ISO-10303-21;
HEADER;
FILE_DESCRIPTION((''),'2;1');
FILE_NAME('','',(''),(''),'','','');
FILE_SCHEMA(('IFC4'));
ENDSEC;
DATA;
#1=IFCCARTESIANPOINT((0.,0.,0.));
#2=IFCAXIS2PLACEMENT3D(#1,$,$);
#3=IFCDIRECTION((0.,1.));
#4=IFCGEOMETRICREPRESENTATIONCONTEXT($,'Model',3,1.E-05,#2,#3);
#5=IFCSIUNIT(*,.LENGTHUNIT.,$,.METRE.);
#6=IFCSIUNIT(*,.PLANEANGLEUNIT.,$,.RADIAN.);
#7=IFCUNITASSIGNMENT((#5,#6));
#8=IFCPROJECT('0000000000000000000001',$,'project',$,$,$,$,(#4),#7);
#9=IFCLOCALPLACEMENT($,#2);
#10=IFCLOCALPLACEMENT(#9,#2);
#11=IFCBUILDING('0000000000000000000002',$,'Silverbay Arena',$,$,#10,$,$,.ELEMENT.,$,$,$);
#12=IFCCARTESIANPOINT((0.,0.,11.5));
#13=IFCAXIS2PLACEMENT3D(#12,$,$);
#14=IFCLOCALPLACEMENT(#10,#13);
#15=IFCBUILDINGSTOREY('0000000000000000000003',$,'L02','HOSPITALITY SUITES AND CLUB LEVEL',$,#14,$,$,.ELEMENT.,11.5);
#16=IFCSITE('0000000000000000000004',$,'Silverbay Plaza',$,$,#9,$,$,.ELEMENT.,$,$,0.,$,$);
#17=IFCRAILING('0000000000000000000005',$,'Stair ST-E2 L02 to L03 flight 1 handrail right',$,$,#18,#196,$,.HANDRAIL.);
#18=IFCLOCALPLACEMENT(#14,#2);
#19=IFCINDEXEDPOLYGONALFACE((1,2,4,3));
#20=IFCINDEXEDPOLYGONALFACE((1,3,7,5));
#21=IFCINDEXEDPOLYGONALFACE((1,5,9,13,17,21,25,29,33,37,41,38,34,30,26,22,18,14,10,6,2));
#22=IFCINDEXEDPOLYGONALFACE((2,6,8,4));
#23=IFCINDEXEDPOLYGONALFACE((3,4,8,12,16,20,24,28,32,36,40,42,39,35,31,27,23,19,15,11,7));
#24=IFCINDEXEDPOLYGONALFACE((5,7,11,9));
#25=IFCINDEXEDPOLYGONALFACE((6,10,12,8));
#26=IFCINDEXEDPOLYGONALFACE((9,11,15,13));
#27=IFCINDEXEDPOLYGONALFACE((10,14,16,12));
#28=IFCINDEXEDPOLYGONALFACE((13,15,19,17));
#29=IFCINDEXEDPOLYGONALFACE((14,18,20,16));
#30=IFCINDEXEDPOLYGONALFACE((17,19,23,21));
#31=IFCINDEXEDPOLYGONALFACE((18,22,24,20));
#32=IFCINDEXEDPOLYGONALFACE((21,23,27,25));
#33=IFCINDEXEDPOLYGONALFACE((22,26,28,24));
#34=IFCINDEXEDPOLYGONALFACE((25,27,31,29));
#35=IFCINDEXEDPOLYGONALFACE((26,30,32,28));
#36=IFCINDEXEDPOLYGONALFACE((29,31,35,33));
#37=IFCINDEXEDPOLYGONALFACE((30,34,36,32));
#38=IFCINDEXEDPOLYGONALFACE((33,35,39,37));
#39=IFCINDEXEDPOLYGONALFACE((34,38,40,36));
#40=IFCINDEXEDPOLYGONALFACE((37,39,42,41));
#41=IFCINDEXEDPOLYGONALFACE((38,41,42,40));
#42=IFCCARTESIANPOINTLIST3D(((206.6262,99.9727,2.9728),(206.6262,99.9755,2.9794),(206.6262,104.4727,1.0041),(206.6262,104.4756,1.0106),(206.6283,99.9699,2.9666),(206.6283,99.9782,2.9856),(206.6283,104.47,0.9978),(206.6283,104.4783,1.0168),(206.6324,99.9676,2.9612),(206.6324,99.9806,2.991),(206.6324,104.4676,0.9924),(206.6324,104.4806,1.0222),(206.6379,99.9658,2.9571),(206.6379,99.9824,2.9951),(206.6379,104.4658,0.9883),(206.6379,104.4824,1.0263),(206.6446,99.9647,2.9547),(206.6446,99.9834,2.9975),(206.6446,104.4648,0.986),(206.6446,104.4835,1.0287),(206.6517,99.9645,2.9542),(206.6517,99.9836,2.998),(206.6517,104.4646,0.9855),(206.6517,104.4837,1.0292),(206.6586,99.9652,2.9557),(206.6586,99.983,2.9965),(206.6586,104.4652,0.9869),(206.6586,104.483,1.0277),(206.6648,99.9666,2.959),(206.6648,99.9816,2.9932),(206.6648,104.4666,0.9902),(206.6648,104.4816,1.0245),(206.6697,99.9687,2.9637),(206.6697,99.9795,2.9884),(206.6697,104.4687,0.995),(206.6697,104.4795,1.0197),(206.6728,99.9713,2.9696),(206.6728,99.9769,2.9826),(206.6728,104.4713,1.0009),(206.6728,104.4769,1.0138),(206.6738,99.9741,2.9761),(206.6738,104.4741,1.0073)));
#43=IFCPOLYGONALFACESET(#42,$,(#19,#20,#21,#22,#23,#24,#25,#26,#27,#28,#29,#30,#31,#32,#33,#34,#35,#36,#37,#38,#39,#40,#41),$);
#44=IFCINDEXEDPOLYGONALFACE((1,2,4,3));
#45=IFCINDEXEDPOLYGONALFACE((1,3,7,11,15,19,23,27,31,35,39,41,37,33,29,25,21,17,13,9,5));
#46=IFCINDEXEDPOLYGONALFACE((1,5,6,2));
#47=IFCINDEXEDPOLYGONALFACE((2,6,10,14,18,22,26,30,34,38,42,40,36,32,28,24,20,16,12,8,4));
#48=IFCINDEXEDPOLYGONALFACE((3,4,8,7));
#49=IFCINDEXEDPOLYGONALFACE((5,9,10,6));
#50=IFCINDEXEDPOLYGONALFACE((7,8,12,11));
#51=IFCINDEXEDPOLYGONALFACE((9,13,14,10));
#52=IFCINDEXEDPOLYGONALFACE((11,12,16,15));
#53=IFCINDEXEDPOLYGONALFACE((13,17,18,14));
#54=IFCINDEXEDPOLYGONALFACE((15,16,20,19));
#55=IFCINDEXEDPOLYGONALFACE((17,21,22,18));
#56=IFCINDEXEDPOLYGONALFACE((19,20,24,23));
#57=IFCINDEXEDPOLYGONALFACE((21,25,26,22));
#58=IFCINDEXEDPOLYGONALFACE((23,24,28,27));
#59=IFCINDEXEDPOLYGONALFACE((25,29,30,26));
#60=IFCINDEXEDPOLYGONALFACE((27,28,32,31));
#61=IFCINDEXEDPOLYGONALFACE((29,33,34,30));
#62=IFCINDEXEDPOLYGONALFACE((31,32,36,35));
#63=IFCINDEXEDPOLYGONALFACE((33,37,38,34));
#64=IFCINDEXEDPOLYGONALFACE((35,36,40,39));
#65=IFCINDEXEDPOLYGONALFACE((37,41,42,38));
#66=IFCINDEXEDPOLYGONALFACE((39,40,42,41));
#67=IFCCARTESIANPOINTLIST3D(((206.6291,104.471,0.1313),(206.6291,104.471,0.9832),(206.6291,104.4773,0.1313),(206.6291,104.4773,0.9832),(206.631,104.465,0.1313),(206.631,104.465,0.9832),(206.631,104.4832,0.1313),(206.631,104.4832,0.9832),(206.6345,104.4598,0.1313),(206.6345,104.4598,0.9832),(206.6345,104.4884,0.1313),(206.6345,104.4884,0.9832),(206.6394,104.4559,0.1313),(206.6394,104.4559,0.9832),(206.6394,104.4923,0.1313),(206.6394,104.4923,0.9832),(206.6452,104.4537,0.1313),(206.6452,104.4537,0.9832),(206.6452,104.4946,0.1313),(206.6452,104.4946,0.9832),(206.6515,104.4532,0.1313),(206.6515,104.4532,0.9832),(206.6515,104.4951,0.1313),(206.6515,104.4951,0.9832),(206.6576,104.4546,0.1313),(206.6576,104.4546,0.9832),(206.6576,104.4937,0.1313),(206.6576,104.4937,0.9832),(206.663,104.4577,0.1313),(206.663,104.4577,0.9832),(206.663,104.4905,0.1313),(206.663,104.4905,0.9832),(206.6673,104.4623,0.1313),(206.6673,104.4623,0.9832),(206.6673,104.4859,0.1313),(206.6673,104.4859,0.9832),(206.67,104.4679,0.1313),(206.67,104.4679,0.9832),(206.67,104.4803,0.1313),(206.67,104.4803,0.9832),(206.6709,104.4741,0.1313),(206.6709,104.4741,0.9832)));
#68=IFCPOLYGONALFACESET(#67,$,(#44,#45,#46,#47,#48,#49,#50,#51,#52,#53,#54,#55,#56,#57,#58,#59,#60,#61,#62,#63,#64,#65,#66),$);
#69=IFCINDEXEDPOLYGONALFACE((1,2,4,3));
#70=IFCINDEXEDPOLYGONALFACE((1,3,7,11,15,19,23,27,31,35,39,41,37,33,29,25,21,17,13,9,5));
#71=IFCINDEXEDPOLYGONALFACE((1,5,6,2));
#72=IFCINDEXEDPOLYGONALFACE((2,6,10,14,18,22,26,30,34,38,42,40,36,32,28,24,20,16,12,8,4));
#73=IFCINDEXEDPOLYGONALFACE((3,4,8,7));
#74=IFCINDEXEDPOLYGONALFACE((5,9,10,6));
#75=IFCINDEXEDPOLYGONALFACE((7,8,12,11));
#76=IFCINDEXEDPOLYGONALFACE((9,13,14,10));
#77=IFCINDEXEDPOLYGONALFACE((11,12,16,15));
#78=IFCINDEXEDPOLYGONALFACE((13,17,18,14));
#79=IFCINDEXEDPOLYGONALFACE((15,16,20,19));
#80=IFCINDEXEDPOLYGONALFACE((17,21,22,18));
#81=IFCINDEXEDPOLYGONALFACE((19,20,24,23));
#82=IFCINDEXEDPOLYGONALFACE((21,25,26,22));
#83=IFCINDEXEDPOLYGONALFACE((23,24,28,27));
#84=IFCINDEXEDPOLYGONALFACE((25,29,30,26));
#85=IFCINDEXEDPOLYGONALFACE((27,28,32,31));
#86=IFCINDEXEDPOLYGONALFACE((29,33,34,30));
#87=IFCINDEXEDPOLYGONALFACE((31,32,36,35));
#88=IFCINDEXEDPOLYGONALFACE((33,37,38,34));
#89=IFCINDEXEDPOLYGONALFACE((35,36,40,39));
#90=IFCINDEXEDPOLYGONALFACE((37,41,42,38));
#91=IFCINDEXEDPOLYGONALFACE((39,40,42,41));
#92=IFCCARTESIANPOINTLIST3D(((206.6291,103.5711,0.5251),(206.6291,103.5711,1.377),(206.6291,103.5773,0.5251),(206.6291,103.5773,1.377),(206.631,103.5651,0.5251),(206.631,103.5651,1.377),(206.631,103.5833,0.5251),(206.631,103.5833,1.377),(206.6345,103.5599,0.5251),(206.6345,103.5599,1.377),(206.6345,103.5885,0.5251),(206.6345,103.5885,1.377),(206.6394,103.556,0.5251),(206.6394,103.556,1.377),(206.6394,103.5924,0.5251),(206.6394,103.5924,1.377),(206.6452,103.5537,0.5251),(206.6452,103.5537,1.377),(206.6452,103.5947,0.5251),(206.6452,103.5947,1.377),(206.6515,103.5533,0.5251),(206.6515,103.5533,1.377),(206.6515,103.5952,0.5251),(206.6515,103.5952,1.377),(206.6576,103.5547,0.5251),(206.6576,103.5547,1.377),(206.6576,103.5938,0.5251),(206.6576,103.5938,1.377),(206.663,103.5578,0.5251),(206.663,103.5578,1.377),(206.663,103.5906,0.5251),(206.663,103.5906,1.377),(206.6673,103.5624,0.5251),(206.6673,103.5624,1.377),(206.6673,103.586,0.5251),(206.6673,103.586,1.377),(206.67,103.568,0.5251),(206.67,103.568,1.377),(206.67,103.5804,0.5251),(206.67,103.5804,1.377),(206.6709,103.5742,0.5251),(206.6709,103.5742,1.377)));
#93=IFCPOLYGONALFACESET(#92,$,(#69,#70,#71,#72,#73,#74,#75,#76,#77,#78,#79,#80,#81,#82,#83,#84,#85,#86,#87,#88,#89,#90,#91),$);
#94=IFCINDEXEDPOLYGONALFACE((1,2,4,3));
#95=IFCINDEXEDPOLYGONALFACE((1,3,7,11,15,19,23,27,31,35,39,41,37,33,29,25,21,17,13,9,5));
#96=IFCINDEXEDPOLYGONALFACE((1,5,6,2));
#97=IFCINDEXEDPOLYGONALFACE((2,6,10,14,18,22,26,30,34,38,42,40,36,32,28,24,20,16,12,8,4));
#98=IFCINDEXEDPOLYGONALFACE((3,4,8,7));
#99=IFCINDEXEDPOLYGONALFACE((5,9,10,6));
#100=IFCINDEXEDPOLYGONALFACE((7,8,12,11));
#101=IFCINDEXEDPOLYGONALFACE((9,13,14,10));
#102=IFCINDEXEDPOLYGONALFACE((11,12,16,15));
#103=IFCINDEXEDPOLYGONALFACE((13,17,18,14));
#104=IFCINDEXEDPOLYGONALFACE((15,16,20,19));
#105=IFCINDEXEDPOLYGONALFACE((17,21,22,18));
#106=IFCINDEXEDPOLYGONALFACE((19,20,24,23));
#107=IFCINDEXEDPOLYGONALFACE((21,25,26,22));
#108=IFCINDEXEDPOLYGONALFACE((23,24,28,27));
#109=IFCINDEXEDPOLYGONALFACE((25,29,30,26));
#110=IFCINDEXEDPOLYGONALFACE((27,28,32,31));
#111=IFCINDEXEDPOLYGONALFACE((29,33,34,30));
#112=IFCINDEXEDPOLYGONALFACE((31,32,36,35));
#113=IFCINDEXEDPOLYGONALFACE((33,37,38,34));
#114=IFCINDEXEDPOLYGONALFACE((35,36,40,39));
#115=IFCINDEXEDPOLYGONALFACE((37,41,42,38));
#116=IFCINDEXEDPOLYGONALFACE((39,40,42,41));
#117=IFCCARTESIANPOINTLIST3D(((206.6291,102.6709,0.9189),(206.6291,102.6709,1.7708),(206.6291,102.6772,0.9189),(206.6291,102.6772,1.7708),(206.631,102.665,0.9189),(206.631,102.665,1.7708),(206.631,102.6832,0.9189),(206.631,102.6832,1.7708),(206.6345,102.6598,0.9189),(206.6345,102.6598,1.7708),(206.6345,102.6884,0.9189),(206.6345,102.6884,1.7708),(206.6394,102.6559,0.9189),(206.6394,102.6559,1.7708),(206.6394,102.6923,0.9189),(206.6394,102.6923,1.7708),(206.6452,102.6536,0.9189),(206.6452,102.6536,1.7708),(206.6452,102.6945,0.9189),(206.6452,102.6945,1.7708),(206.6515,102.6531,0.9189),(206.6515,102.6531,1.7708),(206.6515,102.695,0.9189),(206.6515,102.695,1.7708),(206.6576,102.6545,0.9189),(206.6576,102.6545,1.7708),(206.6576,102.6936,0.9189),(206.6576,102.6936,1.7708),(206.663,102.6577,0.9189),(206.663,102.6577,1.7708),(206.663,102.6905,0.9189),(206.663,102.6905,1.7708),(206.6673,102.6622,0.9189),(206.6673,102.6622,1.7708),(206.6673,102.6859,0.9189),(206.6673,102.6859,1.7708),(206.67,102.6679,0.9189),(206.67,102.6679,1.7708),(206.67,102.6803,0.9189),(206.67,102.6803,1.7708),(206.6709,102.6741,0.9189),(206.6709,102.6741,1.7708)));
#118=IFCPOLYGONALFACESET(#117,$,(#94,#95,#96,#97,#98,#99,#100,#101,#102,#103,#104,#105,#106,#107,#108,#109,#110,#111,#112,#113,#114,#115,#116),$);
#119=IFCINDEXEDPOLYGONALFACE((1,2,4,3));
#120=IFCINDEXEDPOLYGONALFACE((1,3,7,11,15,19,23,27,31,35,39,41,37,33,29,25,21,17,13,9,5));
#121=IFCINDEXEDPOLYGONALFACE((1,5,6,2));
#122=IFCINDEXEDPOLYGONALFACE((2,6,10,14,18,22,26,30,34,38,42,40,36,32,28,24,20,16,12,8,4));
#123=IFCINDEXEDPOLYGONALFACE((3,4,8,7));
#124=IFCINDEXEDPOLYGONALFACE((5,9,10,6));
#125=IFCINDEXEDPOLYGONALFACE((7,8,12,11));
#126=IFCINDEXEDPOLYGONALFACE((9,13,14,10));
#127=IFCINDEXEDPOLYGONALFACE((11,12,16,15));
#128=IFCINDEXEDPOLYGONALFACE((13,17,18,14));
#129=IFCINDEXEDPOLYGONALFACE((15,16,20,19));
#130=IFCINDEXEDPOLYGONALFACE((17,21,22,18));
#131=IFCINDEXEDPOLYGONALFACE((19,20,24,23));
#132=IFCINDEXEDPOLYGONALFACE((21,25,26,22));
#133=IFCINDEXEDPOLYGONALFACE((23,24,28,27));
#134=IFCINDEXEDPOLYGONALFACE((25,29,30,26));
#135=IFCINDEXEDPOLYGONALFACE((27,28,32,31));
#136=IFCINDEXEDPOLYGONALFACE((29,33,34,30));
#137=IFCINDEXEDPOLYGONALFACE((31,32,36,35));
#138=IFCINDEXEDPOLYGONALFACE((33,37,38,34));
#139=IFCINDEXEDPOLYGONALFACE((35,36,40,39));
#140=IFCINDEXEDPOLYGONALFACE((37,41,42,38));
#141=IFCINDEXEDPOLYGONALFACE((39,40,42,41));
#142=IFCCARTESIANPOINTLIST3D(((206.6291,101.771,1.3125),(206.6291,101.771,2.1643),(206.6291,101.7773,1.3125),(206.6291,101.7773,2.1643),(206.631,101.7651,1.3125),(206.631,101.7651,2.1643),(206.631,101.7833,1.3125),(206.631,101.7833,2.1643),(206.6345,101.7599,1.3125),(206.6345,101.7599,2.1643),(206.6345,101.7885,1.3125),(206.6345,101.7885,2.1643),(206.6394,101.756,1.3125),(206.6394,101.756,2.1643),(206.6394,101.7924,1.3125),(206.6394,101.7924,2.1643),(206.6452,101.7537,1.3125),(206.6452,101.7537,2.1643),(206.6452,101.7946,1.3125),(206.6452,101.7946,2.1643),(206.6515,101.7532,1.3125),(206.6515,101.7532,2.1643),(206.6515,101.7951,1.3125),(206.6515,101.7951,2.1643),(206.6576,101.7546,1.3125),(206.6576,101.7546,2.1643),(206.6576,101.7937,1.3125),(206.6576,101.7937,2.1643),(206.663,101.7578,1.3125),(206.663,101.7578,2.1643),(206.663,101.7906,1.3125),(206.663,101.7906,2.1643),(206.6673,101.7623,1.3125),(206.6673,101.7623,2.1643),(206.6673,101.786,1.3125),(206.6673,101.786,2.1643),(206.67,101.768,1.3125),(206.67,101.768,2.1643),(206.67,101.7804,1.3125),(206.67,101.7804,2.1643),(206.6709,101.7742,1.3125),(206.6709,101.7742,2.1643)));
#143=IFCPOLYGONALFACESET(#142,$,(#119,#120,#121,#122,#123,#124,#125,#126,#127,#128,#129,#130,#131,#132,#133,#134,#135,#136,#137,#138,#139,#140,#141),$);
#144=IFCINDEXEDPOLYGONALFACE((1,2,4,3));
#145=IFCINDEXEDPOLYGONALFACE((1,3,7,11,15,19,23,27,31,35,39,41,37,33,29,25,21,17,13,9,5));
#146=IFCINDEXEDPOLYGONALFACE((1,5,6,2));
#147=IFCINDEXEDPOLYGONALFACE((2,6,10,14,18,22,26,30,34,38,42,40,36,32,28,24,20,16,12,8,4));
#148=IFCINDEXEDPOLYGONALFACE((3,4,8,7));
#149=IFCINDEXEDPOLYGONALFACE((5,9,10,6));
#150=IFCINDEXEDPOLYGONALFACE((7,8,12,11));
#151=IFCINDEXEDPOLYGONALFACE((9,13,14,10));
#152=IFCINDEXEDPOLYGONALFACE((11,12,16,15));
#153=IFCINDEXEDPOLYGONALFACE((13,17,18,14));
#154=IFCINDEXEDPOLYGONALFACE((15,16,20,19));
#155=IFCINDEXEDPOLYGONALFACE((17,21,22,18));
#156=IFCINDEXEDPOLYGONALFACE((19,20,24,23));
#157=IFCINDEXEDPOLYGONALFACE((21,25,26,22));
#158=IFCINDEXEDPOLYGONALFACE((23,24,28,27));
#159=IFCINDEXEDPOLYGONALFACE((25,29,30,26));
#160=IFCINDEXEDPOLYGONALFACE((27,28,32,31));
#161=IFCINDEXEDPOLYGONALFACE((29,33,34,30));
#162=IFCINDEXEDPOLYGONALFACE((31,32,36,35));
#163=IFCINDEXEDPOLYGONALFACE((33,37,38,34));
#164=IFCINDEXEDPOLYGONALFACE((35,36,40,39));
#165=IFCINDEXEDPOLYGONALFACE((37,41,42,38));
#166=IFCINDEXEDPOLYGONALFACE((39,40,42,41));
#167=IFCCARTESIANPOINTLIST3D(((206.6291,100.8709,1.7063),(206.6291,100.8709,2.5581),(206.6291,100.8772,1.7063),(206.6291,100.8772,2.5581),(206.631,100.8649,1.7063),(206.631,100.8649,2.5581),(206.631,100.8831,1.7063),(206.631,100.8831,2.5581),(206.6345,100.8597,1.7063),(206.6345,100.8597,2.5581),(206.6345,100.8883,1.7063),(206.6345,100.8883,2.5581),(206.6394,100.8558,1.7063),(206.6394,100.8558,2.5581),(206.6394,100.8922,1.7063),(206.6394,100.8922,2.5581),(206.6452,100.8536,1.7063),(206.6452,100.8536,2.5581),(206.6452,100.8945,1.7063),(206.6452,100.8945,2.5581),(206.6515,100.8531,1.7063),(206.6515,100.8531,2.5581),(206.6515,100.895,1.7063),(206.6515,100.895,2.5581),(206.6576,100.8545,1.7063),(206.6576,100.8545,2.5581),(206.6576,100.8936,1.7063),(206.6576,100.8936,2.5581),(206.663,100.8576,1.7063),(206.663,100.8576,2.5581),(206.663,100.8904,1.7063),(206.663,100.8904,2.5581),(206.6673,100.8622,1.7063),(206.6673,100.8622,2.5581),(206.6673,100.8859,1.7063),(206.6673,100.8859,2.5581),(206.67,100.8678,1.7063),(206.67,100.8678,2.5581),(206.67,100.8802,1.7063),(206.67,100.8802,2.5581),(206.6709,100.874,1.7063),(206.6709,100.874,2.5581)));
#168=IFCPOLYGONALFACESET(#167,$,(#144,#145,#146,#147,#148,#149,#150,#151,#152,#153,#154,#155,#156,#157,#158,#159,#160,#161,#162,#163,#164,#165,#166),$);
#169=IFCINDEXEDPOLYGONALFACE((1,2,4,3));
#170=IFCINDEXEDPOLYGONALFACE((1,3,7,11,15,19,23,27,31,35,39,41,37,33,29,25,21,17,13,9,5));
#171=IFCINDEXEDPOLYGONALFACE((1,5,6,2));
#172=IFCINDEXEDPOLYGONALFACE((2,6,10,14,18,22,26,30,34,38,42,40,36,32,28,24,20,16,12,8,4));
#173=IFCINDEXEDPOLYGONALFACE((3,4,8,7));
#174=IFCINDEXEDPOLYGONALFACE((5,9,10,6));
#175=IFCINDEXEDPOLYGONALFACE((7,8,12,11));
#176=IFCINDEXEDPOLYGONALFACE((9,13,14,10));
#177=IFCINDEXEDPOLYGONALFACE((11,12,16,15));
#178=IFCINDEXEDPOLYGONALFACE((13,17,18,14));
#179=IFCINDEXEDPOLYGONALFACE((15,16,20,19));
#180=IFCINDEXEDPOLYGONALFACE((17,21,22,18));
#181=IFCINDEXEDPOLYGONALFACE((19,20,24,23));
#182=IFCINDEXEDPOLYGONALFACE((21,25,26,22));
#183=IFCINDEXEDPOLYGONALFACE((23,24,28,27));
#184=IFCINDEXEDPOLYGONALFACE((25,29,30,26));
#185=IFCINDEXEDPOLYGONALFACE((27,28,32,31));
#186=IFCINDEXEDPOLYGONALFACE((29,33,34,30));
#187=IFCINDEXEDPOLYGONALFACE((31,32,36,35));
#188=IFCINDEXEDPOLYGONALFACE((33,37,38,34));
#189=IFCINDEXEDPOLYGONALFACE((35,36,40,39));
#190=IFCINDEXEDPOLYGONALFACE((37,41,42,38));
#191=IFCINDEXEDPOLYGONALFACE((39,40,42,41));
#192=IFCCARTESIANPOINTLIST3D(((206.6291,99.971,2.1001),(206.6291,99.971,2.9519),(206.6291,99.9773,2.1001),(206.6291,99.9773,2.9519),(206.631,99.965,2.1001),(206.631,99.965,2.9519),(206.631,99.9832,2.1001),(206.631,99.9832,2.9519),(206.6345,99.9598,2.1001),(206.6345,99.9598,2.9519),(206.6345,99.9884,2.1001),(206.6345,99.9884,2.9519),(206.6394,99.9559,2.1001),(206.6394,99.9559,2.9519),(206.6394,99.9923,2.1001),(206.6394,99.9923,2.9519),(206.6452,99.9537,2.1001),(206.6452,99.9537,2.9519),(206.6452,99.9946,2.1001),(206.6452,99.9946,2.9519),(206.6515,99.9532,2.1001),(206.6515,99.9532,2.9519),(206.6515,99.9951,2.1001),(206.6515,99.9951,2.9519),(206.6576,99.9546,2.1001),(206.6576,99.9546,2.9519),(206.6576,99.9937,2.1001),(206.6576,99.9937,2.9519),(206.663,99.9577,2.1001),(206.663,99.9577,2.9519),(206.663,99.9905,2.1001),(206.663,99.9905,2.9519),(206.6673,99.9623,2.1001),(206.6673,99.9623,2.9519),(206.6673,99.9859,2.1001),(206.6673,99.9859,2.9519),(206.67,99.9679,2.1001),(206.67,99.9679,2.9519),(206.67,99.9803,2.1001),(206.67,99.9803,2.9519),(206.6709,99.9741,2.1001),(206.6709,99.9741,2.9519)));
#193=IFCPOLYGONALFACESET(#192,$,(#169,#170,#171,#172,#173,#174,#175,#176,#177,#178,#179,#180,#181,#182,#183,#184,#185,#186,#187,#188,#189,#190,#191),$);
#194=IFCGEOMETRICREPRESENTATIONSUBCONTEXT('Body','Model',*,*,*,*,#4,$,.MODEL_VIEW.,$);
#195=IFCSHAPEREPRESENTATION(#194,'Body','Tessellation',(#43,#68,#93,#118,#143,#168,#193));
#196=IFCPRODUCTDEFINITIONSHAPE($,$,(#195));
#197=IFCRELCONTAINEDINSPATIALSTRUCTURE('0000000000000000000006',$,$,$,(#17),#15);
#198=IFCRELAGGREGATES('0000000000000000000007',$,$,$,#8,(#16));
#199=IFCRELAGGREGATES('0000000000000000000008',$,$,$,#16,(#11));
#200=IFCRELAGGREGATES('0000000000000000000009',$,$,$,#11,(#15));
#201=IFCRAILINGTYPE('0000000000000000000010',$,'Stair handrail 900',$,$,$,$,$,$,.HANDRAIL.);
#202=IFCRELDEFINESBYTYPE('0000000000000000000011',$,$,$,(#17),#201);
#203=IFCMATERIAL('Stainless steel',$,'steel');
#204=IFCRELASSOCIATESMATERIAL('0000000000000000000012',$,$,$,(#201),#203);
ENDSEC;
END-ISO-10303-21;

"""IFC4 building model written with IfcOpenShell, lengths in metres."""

from ifc_helpers import new_model, si_unit, direction, frame, origin, origin_2d, place, context, subcontext, project, spatial, circle, extrude, material, type_object, element, save


model = new_model("IFC4")

# Units and contexts
model_context = context("Model", 3, precision=1e-05, world=origin(), true_north=direction((0.0, 1.0)))
body_context = subcontext(model_context, "Body", "Model", "MODEL_VIEW")
ifc_project = project(units=[si_unit("LENGTHUNIT", "METRE"), si_unit("PLANEANGLEUNIT", "RADIAN")], contexts=[model_context])

# Site, building, storey
site_placement = place(None, origin())
site = spatial("IfcSite", under=ifc_project, at=site_placement, Name="Silverbay Plaza", CompositionType="ELEMENT", RefElevation=0.0)
building_placement = place(site_placement, origin())
building = spatial("IfcBuilding", under=site, at=building_placement, Name="Silverbay Arena", CompositionType="ELEMENT")
storey_placement = place(building_placement, frame((0.0, 0.0, 11.5)))
storey = spatial("IfcBuildingStorey", under=building, at=storey_placement, Name="L02", Description="HOSPITALITY SUITES AND CLUB LEVEL", CompositionType="ELEMENT", Elevation=11.5)

# Railing
ifc_material_1 = material(Name="Stainless steel", Category="steel")
railing_type_1 = type_object("IfcRailingType", Name="Stair handrail 900", PredefinedType="HANDRAIL", material=ifc_material_1)
for number, where, name in (
    (1, (206.6499, 104.4741, 0.1313), "Stair ST-E2 L02 to L03 flight 1 handrail right"),
):
    element("IfcRailing", number, at=place(storey_placement, frame(where)), inside=storey, type_object=railing_type_1, Name=name, PredefinedType="HANDRAIL", context=body_context, shape_type="SweptSolid", body=[
        extrude(circle(Radius=0.0239, at=origin_2d()), frame((0.0, 0.0, 0.876), z_axis=(0.0, -0.916157, 0.400819), x_axis=(1.0, 0.0, 0.0)), (0.0, 0.0, 1.0), 4.9119),
        extrude(circle(Radius=0.021, at=origin_2d()), origin(), (0.0, 0.0, 1.0), 0.8518),
        extrude(circle(Radius=0.021, at=origin_2d()), frame((0.0, -0.8999, 0.3938)), (0.0, 0.0, 1.0), 0.8518),
        extrude(circle(Radius=0.021, at=origin_2d()), frame((0.0, -1.8, 0.7876)), (0.0, 0.0, 1.0), 0.8518),
        extrude(circle(Radius=0.021, at=origin_2d()), frame((0.0, -2.7, 1.1812)), (0.0, 0.0, 1.0), 0.8518),
        extrude(circle(Radius=0.021, at=origin_2d()), frame((0.0, -3.6001, 1.575)), (0.0, 0.0, 1.0), 0.8518),
        extrude(circle(Radius=0.021, at=origin_2d()), frame((0.0, -4.5, 1.9688)), (0.0, 0.0, 1.0), 0.8518),
    ])

save(model, "model.ifc")
